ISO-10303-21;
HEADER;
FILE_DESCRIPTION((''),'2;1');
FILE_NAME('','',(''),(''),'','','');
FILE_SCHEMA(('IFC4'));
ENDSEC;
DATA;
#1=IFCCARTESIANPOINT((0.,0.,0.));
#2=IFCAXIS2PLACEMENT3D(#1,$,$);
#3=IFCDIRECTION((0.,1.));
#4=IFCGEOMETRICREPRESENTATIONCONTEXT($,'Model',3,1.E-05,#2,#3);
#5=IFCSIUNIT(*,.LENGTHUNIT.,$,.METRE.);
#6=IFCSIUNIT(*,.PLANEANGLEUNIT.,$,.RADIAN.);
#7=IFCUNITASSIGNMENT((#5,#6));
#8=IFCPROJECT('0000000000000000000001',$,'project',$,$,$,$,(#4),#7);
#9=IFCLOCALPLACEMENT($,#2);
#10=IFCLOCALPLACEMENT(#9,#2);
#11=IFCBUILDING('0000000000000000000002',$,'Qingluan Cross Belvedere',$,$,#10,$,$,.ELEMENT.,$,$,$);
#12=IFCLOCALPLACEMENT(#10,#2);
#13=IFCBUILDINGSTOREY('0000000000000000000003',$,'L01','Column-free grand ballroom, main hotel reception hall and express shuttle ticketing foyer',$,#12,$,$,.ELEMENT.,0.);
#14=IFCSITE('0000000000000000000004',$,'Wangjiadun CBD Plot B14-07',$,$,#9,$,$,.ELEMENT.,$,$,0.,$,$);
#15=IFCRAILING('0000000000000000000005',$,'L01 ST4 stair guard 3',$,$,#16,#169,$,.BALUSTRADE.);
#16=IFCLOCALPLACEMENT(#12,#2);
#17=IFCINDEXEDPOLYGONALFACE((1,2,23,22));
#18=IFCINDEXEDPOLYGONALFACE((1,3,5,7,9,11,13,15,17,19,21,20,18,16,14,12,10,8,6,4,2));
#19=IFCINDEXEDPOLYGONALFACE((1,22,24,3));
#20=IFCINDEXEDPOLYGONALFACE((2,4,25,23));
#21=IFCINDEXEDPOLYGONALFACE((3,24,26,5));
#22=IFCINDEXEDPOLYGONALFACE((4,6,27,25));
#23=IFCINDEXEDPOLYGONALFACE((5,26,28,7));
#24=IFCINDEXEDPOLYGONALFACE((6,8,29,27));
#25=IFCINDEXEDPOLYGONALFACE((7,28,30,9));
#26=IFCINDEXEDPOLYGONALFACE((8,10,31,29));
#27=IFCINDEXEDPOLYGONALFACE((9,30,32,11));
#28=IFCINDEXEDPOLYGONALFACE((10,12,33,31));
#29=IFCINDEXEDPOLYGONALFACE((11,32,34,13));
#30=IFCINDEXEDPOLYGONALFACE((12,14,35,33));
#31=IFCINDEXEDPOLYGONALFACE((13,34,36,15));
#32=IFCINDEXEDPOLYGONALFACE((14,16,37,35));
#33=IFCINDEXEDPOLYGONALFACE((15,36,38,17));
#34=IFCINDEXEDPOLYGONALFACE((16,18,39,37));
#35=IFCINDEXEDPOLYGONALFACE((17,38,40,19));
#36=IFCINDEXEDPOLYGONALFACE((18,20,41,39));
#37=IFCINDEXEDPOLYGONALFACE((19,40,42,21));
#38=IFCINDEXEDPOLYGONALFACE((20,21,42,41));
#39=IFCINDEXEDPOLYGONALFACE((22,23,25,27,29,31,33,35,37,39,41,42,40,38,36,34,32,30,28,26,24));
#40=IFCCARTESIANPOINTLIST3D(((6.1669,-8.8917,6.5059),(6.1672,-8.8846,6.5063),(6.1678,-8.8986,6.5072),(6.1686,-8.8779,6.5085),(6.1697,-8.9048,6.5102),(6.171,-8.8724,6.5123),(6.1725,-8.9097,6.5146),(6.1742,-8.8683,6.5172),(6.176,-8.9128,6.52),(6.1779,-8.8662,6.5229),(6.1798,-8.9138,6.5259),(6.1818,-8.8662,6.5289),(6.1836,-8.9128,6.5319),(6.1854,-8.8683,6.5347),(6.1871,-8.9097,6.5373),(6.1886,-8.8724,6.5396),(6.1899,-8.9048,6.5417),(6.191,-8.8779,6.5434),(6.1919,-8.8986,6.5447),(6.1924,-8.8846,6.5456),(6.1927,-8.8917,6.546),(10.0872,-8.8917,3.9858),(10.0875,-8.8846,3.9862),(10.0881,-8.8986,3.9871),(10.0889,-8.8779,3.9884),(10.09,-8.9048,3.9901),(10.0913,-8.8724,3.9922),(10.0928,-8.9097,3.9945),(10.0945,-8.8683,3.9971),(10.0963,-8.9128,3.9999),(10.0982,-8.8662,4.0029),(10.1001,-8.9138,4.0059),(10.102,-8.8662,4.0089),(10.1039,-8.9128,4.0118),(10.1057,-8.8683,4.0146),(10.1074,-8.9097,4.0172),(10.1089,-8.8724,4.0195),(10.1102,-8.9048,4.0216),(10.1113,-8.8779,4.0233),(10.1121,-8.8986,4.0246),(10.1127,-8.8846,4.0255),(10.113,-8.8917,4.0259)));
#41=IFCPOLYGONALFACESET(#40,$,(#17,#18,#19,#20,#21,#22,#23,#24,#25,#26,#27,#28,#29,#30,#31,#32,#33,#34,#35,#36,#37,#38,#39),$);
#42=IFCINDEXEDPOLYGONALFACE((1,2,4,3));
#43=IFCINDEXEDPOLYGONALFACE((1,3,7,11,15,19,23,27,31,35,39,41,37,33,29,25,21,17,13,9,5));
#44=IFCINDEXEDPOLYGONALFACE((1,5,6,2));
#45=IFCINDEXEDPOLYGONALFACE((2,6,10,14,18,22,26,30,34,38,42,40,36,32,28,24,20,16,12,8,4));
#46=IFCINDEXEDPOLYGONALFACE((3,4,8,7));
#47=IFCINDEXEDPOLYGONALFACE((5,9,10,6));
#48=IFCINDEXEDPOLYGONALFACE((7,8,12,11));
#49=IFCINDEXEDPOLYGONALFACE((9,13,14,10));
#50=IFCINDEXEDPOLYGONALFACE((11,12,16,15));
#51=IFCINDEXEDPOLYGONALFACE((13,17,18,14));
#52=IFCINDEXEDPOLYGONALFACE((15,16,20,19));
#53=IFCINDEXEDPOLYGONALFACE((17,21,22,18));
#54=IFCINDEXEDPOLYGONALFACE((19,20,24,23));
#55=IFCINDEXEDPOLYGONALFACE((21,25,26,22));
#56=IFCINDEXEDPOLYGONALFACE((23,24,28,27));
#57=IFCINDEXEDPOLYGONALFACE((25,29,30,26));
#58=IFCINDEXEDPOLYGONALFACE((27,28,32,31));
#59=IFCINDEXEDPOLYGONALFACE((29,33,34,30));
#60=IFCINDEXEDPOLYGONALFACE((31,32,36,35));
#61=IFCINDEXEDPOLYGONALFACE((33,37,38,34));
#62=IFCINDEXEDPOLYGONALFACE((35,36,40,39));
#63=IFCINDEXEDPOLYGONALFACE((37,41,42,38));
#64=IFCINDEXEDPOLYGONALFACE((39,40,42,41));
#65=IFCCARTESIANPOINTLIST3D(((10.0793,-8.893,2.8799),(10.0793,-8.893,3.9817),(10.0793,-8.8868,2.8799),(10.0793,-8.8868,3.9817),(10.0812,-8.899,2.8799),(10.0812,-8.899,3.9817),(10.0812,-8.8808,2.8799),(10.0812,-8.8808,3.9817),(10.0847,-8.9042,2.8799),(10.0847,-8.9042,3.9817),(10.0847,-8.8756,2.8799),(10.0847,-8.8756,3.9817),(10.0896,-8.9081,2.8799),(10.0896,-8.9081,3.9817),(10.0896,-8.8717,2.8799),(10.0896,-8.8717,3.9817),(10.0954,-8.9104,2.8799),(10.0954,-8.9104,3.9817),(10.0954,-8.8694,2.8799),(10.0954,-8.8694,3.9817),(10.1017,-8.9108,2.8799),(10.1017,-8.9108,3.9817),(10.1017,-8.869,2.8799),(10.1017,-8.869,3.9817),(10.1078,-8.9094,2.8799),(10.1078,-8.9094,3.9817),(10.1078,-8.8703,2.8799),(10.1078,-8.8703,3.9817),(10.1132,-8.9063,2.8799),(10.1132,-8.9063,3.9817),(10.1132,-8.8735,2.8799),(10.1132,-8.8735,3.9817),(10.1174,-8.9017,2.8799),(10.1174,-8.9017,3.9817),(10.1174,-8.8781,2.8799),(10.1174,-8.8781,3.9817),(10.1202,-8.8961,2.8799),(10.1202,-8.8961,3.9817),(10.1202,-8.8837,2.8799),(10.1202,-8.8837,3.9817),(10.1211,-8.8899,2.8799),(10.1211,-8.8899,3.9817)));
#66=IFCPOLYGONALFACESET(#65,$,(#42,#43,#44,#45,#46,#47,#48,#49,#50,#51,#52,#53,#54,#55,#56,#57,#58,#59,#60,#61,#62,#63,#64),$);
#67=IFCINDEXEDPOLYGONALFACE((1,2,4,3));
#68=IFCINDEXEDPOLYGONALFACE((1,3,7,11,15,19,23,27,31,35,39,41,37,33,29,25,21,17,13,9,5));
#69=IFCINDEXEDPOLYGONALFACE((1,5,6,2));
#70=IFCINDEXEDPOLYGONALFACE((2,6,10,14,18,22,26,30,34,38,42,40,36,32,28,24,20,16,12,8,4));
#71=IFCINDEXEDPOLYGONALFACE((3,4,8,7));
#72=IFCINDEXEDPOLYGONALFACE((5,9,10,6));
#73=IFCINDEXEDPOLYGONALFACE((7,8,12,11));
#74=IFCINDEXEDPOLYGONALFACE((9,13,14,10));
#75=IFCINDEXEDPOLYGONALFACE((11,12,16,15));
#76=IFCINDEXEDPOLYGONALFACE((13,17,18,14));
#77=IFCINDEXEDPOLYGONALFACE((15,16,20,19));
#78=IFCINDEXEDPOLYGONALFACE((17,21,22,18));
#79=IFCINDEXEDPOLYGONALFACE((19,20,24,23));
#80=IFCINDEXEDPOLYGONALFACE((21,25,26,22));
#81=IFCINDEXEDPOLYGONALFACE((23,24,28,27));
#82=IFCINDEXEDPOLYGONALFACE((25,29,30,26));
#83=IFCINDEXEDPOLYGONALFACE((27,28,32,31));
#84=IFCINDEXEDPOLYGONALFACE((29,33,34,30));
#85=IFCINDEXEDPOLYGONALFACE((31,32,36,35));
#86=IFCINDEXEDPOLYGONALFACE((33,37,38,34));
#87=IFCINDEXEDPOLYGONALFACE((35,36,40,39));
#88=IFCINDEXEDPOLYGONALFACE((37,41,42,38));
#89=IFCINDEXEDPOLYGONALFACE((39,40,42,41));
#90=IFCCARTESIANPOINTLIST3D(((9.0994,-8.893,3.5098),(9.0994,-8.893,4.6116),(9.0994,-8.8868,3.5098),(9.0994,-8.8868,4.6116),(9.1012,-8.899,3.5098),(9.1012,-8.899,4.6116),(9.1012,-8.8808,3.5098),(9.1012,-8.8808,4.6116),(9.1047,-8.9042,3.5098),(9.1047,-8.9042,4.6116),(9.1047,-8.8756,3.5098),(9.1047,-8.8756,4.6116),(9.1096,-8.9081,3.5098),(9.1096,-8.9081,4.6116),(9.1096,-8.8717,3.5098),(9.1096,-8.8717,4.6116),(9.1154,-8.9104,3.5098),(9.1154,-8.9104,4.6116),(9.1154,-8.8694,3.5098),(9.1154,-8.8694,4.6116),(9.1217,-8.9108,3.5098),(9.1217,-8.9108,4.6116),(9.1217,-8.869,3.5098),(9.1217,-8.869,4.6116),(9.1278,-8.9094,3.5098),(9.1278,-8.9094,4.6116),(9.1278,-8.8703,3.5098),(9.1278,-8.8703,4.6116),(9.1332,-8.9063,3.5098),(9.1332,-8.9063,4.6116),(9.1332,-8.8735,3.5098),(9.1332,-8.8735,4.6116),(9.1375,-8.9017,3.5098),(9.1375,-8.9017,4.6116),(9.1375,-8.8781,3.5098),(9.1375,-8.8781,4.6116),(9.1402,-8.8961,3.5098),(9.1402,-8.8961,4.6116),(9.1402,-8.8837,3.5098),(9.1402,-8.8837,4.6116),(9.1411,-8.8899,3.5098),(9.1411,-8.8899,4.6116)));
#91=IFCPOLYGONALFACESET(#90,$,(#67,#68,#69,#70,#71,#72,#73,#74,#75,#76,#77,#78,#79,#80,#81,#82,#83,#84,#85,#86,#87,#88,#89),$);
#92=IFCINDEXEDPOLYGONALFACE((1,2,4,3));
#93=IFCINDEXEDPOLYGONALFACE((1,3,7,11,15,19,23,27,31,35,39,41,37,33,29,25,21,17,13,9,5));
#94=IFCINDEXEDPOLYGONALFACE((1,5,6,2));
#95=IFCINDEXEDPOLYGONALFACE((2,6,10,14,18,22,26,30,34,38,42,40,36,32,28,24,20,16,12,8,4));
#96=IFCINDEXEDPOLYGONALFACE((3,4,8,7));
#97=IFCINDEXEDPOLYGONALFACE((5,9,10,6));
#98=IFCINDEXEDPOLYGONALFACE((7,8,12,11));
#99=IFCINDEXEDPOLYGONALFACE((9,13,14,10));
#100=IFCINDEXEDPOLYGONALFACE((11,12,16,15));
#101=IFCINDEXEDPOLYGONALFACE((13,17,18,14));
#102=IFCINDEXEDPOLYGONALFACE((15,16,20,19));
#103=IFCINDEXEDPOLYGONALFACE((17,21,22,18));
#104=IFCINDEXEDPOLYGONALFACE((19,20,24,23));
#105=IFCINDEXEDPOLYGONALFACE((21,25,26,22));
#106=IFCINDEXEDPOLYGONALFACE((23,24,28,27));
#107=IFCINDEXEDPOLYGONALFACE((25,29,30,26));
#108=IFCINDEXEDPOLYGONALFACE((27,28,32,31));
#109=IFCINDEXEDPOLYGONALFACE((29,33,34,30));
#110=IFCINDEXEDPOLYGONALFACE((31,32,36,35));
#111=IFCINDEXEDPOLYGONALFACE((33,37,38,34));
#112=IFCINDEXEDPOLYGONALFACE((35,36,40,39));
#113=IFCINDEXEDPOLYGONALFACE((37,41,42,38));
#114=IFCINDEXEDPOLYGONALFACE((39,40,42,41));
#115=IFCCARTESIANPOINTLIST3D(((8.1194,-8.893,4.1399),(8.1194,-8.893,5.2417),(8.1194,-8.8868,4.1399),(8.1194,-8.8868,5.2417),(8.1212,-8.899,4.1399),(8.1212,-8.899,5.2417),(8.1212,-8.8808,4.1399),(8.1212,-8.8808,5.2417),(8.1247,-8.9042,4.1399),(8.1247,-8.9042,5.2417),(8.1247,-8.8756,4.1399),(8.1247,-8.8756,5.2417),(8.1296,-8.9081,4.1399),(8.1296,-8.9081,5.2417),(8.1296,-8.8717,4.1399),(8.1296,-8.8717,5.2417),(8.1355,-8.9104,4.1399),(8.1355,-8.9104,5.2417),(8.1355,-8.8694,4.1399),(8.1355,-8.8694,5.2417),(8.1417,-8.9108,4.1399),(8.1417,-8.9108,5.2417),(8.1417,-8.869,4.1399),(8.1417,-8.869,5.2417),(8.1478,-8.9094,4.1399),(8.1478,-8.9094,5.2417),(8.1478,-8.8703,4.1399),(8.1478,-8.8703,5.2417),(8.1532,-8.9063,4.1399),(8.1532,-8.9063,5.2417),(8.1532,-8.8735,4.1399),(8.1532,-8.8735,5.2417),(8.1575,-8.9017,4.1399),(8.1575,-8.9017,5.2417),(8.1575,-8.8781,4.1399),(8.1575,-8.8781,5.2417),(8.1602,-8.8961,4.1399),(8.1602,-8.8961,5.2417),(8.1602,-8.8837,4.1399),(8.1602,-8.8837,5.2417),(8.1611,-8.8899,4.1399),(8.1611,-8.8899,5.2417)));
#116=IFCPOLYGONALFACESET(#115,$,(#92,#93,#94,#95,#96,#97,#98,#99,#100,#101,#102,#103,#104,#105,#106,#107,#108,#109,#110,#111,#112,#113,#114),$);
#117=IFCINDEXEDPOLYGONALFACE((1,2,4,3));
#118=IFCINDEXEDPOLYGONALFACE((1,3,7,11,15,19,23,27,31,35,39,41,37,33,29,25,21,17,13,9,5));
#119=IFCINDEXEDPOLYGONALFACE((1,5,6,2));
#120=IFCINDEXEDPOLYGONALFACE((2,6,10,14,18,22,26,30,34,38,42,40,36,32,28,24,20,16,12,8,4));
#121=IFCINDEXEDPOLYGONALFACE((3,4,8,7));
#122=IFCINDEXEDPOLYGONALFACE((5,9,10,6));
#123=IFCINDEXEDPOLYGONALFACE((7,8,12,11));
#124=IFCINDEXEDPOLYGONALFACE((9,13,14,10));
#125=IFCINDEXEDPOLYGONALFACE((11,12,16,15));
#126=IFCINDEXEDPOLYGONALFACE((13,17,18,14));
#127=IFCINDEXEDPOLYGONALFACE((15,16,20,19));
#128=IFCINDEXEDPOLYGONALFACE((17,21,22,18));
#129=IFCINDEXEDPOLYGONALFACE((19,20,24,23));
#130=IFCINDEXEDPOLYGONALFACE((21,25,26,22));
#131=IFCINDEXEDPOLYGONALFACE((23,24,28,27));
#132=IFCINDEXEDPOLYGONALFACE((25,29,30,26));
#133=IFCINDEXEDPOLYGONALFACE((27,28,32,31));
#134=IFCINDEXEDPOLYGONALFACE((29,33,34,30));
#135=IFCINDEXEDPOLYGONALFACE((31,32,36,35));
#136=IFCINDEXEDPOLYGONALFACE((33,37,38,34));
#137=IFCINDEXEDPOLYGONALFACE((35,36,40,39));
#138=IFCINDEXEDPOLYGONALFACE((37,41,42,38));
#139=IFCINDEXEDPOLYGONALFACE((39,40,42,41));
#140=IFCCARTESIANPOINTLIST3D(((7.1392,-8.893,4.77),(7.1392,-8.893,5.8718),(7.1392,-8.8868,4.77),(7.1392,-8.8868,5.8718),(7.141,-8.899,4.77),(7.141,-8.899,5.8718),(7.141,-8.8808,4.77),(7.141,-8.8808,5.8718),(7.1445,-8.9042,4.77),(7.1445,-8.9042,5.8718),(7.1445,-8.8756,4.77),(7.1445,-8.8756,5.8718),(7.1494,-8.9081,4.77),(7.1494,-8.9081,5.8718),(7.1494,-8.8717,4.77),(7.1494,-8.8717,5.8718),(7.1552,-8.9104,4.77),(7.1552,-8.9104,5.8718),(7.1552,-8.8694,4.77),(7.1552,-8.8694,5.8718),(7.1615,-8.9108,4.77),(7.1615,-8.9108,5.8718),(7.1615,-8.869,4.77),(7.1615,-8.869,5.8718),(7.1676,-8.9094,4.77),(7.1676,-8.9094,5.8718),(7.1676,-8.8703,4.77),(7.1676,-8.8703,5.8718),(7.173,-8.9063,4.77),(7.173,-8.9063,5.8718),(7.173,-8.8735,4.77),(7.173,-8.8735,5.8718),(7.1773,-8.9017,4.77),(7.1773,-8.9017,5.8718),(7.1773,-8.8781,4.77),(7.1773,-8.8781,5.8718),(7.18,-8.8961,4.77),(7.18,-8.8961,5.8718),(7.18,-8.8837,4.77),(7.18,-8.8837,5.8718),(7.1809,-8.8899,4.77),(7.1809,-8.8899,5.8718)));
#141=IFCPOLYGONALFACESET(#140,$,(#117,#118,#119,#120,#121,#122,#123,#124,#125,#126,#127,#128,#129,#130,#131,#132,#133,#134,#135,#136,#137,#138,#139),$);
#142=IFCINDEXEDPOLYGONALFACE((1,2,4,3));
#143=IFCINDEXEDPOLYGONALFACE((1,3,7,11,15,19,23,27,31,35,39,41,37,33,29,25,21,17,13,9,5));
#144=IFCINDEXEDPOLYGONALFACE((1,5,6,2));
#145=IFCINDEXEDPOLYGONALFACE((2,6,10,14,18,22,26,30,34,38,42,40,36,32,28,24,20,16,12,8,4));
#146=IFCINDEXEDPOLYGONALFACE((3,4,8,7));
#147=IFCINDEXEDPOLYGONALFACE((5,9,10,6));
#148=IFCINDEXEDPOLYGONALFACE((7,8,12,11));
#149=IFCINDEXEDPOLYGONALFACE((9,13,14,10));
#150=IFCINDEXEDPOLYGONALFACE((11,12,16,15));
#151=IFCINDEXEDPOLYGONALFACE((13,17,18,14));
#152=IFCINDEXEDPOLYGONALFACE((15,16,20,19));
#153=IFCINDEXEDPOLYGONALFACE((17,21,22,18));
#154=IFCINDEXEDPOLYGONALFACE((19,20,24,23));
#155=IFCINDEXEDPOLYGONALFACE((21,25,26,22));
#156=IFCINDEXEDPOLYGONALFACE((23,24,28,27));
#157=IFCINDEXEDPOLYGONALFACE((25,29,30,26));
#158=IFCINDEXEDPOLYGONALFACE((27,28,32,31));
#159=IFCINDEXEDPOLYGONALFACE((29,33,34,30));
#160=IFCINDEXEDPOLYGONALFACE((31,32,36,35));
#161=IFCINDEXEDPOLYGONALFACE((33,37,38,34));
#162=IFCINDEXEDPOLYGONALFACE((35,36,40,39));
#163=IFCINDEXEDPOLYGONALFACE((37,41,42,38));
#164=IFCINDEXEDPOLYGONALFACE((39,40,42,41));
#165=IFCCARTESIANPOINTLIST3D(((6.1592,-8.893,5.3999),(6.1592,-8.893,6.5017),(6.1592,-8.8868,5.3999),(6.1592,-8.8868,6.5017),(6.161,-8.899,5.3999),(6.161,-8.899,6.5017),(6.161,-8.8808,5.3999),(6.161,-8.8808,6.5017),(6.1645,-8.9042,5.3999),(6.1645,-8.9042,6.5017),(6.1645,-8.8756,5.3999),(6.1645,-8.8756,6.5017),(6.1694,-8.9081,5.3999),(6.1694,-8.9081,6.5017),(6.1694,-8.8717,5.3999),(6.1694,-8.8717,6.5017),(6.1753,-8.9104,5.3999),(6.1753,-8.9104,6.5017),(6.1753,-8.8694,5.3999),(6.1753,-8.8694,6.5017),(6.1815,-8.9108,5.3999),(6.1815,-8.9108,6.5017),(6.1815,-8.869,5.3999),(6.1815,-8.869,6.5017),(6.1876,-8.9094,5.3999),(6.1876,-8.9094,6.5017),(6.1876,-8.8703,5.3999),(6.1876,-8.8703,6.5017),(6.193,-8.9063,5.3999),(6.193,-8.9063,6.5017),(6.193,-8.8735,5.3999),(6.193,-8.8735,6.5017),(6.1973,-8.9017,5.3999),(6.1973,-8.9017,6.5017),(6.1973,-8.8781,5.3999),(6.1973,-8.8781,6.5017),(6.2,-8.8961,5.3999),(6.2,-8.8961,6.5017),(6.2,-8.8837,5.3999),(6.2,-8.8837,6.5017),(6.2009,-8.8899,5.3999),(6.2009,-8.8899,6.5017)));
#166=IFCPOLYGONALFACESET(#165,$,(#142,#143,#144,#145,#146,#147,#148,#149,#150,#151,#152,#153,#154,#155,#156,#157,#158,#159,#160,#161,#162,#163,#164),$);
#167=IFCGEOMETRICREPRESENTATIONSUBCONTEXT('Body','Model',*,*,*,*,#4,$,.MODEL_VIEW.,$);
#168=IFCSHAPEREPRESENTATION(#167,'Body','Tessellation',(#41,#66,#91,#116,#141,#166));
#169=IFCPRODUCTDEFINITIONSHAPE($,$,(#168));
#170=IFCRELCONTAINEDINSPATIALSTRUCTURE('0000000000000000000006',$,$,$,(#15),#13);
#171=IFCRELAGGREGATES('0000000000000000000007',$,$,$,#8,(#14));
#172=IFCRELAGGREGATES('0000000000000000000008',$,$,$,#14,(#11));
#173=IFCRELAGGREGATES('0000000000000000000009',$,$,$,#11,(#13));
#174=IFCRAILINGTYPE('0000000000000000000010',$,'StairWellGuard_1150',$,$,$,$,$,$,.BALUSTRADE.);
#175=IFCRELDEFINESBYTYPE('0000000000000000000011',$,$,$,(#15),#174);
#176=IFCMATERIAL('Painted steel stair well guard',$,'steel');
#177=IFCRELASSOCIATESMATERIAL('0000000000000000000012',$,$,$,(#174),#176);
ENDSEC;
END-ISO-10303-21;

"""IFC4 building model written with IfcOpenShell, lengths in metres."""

from ifc_helpers import new_model, si_unit, direction, frame, origin, origin_2d, place, context, subcontext, project, spatial, circle, extrude, material, type_object, element, save


model = new_model("IFC4")

# Units and contexts
model_context = context("Model", 3, precision=1e-05, world=origin(), true_north=direction((0.0, 1.0)))
body_context = subcontext(model_context, "Body", "Model", "MODEL_VIEW")
ifc_project = project(units=[si_unit("LENGTHUNIT", "METRE"), si_unit("PLANEANGLEUNIT", "RADIAN")], contexts=[model_context])

# Site, building, storey
site_placement = place(None, origin())
site = spatial("IfcSite", under=ifc_project, at=site_placement, Name="Wangjiadun CBD Plot B14-07", CompositionType="ELEMENT", RefElevation=0.0)
building_placement = place(site_placement, origin())
building = spatial("IfcBuilding", under=site, at=building_placement, Name="Qingluan Cross Belvedere", CompositionType="ELEMENT")
storey_placement = place(building_placement, origin())
storey = spatial("IfcBuildingStorey", under=building, at=storey_placement, Name="L01", Description="Column-free grand ballroom, main hotel reception hall and express shuttle ticketing foyer", CompositionType="ELEMENT", Elevation=0.0)

# Railing
ifc_material_1 = material(Name="Painted steel stair well guard", Category="steel")
railing_type_1 = type_object("IfcRailingType", Name="StairWellGuard_1150", PredefinedType="BALUSTRADE", material=ifc_material_1)
railing_1_placement = place(storey_placement, frame((10.1001, -8.8899, 2.8799)))
element("IfcRailing", 1, at=railing_1_placement, inside=storey, type_object=railing_type_1, Name="L01 ST4 stair guard 3", PredefinedType="BALUSTRADE", context=body_context, shape_type="SweptSolid", body=[
    extrude(circle(Radius=0.0239, at=origin_2d()), frame((0.0, 0.0, 1.126), z_axis=(-0.841187, 0.0, 0.540744), x_axis=(0.0, -1.0, 0.0)), (0.0, 0.0, 1.0), 4.6604),
    extrude(circle(Radius=0.021, at=origin_2d()), origin(), (0.0, 0.0, 1.0), 1.1018),
    extrude(circle(Radius=0.021, at=origin_2d()), frame((-0.98, 0.0, 0.6299)), (0.0, 0.0, 1.0), 1.1018),
    extrude(circle(Radius=0.021, at=origin_2d()), frame((-1.96, 0.0, 1.26)), (0.0, 0.0, 1.0), 1.1018),
    extrude(circle(Radius=0.021, at=origin_2d()), frame((-2.9402, 0.0, 1.8901)), (0.0, 0.0, 1.0), 1.1018),
    extrude(circle(Radius=0.021, at=origin_2d()), frame((-3.9202, 0.0, 2.52)), (0.0, 0.0, 1.0), 1.1018),
])

save(model, "model.ifc")
